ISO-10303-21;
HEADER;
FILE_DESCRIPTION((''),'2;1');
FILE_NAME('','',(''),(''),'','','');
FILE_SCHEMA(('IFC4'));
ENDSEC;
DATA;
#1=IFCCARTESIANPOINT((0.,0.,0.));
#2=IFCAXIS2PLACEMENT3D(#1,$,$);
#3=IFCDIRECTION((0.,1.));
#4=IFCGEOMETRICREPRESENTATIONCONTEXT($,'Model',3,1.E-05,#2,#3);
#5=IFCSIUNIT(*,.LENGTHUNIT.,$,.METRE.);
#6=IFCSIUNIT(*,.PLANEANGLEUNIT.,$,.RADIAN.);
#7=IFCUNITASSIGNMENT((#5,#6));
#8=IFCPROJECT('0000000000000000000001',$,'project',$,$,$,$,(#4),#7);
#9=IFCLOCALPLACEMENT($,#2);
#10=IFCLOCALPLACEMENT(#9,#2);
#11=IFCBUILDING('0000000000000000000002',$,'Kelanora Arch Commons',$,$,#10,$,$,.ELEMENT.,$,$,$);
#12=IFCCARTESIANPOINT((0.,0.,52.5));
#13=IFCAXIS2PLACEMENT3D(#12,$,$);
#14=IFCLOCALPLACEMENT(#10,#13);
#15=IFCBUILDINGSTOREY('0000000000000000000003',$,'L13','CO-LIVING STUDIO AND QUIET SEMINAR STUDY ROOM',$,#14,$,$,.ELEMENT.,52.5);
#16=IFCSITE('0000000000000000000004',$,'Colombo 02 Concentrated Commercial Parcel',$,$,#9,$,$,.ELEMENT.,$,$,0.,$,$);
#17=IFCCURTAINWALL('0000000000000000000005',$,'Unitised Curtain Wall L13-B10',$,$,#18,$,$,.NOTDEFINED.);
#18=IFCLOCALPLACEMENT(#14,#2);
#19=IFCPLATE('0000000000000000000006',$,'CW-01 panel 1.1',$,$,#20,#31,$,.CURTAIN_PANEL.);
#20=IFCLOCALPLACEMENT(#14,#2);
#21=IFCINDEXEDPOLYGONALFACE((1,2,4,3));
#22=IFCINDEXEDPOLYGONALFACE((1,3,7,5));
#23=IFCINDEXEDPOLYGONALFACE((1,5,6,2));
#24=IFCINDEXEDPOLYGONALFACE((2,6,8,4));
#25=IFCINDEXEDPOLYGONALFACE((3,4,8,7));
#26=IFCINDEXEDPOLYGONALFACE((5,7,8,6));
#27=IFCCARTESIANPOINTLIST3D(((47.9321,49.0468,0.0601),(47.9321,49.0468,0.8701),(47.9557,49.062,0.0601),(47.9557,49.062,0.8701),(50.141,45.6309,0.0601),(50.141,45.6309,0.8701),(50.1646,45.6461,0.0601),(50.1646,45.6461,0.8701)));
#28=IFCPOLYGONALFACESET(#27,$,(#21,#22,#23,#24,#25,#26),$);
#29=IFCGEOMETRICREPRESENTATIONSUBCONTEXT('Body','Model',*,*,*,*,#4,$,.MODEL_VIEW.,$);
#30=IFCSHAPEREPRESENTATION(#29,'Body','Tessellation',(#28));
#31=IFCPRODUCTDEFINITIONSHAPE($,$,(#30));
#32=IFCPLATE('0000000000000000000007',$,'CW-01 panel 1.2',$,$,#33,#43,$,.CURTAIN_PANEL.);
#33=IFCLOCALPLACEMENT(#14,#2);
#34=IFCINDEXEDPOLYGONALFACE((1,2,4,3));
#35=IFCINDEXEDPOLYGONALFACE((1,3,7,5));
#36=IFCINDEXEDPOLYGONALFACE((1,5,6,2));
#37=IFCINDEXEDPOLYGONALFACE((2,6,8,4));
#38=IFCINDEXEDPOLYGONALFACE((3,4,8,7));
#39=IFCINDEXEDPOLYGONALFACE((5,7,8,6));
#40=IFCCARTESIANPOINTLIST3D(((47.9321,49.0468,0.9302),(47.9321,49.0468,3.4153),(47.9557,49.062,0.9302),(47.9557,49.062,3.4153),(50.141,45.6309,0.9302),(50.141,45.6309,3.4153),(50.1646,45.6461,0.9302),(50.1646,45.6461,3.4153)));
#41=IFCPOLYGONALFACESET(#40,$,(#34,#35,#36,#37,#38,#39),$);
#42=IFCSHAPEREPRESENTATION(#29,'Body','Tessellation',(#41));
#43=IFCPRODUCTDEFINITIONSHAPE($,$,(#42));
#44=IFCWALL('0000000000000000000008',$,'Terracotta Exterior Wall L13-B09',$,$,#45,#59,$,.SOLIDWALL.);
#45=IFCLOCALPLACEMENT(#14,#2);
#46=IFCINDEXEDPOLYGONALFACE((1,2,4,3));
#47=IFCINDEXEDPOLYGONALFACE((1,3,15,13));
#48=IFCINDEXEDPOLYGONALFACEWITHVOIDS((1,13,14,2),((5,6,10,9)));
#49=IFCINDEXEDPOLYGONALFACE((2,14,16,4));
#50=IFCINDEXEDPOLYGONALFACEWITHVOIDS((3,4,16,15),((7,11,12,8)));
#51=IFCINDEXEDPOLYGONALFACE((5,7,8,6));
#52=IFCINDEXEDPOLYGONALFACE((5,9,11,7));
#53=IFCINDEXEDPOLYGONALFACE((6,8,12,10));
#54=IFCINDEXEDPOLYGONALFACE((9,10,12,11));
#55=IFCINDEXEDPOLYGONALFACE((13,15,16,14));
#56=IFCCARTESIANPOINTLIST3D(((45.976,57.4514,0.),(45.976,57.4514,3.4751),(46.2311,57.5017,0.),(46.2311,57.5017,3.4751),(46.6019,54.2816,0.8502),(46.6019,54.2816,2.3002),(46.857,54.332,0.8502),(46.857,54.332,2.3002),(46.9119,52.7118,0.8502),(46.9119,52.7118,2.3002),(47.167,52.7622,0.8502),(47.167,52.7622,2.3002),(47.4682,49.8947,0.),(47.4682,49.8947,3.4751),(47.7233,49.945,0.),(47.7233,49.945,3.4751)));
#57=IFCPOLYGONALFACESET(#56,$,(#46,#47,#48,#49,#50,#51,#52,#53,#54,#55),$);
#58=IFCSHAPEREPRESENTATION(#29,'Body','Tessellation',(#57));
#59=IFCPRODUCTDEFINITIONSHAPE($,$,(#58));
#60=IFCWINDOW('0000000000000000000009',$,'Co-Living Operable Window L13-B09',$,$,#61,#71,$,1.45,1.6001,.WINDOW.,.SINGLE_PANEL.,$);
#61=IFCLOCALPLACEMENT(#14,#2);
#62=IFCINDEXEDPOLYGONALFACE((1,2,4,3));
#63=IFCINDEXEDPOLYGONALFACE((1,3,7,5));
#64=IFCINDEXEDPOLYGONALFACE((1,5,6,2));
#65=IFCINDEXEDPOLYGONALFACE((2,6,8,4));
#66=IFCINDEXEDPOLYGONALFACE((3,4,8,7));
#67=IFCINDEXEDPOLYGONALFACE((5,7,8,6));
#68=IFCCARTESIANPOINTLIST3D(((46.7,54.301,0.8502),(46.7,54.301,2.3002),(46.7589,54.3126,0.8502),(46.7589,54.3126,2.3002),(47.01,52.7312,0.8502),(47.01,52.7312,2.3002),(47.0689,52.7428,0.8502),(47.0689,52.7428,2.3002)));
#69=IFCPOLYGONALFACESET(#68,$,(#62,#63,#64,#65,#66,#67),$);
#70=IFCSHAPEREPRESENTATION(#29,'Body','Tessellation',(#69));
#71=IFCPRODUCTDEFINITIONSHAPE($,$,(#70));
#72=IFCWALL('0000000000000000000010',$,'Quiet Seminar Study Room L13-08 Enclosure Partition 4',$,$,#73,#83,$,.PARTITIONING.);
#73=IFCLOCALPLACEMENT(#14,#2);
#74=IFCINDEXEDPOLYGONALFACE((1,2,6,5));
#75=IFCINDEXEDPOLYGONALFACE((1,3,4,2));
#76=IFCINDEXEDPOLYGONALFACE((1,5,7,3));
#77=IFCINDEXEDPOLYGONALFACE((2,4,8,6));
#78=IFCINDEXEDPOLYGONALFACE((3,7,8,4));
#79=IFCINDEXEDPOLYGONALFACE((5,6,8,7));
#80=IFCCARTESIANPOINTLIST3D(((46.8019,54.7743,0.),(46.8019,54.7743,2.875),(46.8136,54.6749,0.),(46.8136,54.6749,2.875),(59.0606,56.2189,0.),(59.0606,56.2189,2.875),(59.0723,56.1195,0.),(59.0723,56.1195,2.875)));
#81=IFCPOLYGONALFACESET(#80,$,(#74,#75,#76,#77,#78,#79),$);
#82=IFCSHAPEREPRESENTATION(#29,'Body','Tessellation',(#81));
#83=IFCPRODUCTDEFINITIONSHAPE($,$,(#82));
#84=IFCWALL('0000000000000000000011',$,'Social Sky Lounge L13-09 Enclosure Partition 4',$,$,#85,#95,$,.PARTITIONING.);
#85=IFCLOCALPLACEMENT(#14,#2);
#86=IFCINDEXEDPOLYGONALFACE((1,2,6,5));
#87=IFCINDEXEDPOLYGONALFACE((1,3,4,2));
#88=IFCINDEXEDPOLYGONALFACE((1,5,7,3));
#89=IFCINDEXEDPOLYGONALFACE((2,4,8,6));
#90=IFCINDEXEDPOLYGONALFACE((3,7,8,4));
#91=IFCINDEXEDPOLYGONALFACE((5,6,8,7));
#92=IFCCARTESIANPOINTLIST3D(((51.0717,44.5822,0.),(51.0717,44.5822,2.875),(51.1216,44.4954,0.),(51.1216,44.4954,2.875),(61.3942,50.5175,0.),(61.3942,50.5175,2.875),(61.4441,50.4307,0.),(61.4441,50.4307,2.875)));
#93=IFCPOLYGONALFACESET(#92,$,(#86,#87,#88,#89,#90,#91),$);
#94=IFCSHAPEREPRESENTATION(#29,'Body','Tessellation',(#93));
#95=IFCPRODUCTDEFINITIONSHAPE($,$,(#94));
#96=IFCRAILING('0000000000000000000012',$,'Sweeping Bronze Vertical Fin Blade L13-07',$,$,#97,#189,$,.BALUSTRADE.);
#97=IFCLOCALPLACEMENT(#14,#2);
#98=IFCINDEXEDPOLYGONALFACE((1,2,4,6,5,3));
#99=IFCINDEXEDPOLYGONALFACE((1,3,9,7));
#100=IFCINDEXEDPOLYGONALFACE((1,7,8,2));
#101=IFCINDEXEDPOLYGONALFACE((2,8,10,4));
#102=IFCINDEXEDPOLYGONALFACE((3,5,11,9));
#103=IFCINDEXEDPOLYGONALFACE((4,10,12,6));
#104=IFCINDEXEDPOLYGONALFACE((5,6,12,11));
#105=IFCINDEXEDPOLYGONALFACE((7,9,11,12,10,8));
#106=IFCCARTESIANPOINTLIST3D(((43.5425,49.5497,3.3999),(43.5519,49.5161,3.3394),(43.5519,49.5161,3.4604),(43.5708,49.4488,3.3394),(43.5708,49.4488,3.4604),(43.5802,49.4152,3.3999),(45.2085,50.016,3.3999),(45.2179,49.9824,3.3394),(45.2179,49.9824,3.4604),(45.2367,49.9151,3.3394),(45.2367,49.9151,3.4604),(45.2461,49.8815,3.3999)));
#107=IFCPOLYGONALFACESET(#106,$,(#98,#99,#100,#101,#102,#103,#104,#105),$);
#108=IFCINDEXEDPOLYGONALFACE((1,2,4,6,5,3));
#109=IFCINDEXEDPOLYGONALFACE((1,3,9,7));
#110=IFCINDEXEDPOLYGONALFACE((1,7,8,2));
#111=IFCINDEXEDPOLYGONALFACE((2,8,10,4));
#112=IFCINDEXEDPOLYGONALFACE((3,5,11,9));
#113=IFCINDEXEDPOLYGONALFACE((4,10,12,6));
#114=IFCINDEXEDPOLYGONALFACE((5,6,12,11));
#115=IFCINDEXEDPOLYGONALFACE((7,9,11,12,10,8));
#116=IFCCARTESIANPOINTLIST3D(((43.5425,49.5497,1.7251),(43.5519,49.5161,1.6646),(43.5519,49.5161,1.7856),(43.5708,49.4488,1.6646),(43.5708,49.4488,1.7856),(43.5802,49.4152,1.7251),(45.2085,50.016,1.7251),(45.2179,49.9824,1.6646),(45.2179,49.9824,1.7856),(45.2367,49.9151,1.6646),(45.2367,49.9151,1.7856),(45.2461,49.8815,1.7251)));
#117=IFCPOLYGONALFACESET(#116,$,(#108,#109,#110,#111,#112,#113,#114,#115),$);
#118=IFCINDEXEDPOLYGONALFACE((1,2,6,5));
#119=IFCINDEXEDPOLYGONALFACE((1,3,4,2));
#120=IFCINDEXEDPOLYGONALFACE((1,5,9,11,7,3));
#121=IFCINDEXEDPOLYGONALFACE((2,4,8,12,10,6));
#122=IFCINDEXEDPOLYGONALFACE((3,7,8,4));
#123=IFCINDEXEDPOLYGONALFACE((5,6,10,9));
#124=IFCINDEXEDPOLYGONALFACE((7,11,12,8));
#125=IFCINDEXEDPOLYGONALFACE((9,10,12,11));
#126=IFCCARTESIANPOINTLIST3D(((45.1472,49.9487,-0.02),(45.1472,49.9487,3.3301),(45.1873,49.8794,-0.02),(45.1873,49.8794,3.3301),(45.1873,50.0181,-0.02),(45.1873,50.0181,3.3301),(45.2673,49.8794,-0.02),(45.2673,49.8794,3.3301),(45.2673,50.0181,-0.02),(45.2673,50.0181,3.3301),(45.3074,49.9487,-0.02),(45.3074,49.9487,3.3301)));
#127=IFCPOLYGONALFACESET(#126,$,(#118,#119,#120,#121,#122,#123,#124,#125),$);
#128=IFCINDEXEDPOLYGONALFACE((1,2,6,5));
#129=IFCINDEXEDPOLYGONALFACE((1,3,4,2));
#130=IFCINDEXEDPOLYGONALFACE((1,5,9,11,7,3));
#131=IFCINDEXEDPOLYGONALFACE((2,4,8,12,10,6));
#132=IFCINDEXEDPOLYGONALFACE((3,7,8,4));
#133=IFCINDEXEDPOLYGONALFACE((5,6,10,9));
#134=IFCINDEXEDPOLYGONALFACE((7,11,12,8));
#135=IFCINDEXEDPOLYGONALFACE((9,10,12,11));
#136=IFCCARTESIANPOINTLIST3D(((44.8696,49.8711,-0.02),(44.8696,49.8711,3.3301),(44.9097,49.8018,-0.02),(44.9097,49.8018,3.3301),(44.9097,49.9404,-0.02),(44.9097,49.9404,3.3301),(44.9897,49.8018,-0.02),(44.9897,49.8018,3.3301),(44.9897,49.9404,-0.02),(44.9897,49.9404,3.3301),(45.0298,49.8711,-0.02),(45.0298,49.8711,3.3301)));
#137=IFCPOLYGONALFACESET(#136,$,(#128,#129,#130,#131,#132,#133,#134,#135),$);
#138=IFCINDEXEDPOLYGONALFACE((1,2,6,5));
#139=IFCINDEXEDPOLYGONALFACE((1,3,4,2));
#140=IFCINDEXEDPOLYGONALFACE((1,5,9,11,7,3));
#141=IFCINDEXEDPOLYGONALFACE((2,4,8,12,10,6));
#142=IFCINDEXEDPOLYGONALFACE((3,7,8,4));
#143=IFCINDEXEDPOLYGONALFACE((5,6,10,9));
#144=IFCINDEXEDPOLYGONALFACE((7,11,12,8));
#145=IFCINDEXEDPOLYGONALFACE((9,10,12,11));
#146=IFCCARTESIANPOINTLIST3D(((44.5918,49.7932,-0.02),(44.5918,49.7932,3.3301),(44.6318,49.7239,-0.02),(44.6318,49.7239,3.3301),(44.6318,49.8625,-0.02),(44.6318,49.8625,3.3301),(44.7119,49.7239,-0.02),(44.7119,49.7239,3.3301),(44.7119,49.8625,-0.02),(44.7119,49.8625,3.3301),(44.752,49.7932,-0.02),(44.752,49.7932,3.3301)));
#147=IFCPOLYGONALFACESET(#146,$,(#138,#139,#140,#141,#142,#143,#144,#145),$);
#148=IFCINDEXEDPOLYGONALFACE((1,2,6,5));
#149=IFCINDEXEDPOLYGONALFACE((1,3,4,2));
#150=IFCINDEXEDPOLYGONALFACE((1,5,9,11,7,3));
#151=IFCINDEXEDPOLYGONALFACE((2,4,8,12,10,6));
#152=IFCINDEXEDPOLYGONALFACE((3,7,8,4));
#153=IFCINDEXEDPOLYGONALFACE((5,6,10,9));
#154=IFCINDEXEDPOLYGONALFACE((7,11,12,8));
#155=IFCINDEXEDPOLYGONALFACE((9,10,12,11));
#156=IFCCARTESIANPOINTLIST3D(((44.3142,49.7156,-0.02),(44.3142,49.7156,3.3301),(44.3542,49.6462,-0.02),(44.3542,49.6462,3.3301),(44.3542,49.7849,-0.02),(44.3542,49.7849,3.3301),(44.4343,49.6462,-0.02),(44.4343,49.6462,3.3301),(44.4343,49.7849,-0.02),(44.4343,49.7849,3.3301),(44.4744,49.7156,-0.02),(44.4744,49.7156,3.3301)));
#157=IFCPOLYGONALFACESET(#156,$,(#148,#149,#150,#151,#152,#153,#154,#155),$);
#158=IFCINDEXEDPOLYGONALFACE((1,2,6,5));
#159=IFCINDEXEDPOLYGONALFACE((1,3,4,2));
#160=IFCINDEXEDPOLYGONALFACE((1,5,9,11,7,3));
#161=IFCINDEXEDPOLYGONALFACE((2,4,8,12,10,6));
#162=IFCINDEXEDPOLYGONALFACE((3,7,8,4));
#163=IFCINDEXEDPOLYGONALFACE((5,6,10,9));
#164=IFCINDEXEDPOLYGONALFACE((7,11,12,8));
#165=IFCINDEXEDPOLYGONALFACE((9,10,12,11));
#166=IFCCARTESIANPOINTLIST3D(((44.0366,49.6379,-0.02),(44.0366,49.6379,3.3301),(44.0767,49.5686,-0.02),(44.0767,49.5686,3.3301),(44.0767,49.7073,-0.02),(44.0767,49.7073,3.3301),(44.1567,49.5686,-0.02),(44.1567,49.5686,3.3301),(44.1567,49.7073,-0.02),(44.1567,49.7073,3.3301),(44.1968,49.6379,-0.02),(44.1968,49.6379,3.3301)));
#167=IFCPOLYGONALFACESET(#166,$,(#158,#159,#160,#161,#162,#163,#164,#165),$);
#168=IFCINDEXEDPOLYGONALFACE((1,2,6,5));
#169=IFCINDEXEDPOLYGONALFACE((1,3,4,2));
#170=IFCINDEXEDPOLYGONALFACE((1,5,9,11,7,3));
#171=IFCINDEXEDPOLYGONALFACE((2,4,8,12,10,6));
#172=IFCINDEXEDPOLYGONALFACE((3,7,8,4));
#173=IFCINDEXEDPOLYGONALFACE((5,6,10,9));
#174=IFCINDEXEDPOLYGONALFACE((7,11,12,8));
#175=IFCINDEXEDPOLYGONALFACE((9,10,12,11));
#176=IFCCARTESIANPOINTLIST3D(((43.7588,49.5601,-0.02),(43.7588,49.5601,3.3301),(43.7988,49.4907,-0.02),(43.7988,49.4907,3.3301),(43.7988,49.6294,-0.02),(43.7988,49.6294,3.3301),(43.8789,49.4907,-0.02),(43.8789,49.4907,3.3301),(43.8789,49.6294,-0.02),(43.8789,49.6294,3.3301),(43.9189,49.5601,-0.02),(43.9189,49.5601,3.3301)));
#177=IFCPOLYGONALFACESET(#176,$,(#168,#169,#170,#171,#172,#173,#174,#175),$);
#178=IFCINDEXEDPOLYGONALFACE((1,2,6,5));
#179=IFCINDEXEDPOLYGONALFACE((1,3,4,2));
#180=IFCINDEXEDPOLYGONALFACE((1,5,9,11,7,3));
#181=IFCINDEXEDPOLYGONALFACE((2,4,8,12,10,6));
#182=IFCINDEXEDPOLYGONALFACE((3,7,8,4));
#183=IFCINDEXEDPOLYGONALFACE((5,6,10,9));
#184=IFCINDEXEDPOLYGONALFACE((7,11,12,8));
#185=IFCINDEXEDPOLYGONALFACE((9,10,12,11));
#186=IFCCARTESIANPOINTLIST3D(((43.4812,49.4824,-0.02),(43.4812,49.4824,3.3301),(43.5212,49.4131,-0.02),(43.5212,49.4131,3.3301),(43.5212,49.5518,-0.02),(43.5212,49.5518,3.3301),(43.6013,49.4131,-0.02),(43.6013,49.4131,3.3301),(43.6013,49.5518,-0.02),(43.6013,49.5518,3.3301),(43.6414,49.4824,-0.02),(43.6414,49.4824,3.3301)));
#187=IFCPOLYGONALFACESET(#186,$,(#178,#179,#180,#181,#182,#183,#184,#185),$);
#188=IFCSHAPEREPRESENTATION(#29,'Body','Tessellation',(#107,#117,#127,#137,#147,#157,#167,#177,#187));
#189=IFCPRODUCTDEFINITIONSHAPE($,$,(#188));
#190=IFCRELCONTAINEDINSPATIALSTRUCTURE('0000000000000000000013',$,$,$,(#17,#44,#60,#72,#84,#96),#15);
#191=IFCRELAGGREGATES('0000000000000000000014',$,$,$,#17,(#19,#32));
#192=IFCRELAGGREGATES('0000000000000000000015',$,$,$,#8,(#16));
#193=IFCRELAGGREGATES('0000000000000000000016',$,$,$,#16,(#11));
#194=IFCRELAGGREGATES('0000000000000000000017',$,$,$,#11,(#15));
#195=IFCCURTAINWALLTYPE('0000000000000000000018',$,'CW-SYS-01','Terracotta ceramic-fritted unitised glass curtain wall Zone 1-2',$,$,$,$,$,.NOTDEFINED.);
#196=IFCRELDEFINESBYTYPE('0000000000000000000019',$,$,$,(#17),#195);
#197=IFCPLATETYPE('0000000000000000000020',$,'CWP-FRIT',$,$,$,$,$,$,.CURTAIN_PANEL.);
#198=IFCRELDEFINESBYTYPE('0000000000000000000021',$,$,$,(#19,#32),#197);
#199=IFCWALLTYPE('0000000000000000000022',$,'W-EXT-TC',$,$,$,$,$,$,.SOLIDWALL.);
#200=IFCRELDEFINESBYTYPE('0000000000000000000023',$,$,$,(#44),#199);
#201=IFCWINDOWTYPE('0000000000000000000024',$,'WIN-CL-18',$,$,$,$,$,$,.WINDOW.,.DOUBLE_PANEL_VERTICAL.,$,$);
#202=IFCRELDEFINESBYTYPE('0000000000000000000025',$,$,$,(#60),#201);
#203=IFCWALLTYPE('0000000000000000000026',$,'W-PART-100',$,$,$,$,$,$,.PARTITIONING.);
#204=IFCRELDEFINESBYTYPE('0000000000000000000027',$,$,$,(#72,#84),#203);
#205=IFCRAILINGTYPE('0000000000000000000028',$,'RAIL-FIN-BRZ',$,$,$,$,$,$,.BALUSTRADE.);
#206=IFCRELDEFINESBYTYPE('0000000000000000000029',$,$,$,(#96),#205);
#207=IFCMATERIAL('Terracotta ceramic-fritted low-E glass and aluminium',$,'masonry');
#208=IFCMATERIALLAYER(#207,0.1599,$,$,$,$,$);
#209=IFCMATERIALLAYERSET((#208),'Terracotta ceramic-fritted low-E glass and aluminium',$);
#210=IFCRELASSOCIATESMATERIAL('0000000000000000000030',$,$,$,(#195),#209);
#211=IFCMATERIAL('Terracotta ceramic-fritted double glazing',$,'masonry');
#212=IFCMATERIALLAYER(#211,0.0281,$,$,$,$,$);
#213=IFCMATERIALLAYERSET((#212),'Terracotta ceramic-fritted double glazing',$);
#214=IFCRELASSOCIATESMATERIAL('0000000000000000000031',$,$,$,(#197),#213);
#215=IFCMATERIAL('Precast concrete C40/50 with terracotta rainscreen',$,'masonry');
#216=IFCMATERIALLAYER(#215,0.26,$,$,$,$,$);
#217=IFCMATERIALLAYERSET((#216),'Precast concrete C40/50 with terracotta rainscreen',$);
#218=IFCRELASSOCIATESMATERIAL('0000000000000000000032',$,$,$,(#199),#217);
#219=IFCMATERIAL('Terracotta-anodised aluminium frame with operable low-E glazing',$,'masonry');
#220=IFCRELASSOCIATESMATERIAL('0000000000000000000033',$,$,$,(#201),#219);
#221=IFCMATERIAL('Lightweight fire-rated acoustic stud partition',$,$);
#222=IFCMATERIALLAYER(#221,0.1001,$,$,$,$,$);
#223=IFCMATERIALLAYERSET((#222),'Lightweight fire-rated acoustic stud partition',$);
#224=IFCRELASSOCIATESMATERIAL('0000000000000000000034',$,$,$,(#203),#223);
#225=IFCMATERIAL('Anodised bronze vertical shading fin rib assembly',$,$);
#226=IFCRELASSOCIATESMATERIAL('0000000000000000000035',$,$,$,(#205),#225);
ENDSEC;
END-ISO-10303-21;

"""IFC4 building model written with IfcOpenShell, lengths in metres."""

from ifc_helpers import new_model, si_unit, direction, frame, frame_2d, origin, origin_2d, place, context, subcontext, project, spatial, polyline, rectangle, outline, extrude, source, transform, mapped, material, layer, layer_set, type_object, element, fill, aggregate, save


model = new_model("IFC4")

# Units and contexts
model_context = context("Model", 3, precision=1e-05, world=origin(), true_north=direction((0.0, 1.0)))
body_context = subcontext(model_context, "Body", "Model", "MODEL_VIEW")
ifc_project = project(units=[si_unit("LENGTHUNIT", "METRE"), si_unit("PLANEANGLEUNIT", "RADIAN")], contexts=[model_context])

# Site, building, storey
site_placement = place(None, origin())
site = spatial("IfcSite", under=ifc_project, at=site_placement, Name="Colombo 02 Concentrated Commercial Parcel", CompositionType="ELEMENT", RefElevation=0.0)
building_placement = place(site_placement, origin())
building = spatial("IfcBuilding", under=site, at=building_placement, Name="Kelanora Arch Commons", CompositionType="ELEMENT")
storey_placement = place(building_placement, frame((0.0, 0.0, 52.5)))
storey = spatial("IfcBuildingStorey", under=building, at=storey_placement, Name="L13", Description="CO-LIVING STUDIO AND QUIET SEMINAR STUDY ROOM", CompositionType="ELEMENT", Elevation=52.5)

# Shared definitions
ifc_material_1 = material(Name="Terracotta ceramic-fritted low-E glass and aluminium", Category="masonry")
ifc_layer_1 = layer(ifc_material_1, 0.1599)
ifc_layer_set_1 = layer_set([ifc_layer_1], Name="Terracotta ceramic-fritted low-E glass and aluminium")
curtain_wall_type = type_object("IfcCurtainWallType", Name="CW-SYS-01", Description="Terracotta ceramic-fritted unitised glass curtain wall Zone 1-2", PredefinedType="NOTDEFINED", material=ifc_layer_set_1)

# Curtain wall
curtain_wall_1_placement = place(storey_placement, origin())
curtain_wall_1 = element("IfcCurtainWall", 1, at=curtain_wall_1_placement, inside=storey, type_object=curtain_wall_type, Name="Unitised Curtain Wall L13-B10", PredefinedType="NOTDEFINED")

# Plates
ifc_material_2 = material(Name="Terracotta ceramic-fritted double glazing", Category="masonry")
ifc_layer_2 = layer(ifc_material_2, 0.0281)
ifc_layer_set_2 = layer_set([ifc_layer_2], Name="Terracotta ceramic-fritted double glazing")
plate_type = type_object("IfcPlateType", Name="CWP-FRIT", PredefinedType="CURTAIN_PANEL", material=ifc_layer_set_2)
shared_shape_1 = source(origin(), body_context, "Body", "SweptSolid", [
    extrude(rectangle(XDim=4.0679, YDim=0.0281, at=origin_2d()), origin(), (0.0, 0.0, 1.0), 0.8101),
])
plate_1_placement = place(storey_placement, frame((49.0483, 47.3464, 0.0601), z_axis=(0.0, 0.0, 1.0), x_axis=(0.543004, -0.83973, 0.0)))
plate_1 = element("IfcPlate", 2, at=plate_1_placement, type_object=plate_type, Name="CW-01 panel 1.1", PredefinedType="CURTAIN_PANEL", context=body_context, shape_type="MappedRepresentation", body=[
    mapped(shared_shape_1, transform((0.0, 0.0, 0.0), scale=1.0)),
])
shared_shape_2 = source(origin(), body_context, "Body", "SweptSolid", [
    extrude(rectangle(XDim=4.0679, YDim=0.0281, at=origin_2d()), origin(), (0.0, 0.0, 1.0), 2.4851),
])
plate_2_placement = place(storey_placement, frame((49.0483, 47.3464, 0.9302), z_axis=(0.0, 0.0, 1.0), x_axis=(0.543004, -0.83973, 0.0)))
plate_2 = element("IfcPlate", 3, at=plate_2_placement, type_object=plate_type, Name="CW-01 panel 1.2", PredefinedType="CURTAIN_PANEL", context=body_context, shape_type="MappedRepresentation", body=[
    mapped(shared_shape_2, transform((0.0, 0.0, 0.0), scale=1.0)),
])
aggregate(curtain_wall_1, [plate_1, plate_2])

# Wall, opening, window
ifc_material_3 = material(Name="Precast concrete C40/50 with terracotta rainscreen", Category="masonry")
ifc_layer_3 = layer(ifc_material_3, 0.26)
ifc_layer_set_3 = layer_set([ifc_layer_3], Name="Precast concrete C40/50 with terracotta rainscreen")
wall_type_1 = type_object("IfcWallType", Name="W-EXT-TC", PredefinedType="SOLIDWALL", material=ifc_layer_set_3)
wall_1_placement = place(storey_placement, frame((46.1035, 57.4766, 0.0), z_axis=(0.0, 0.0, 1.0), x_axis=(0.193726, -0.981056, 0.0)))
wall_1 = element("IfcWall", 4, at=wall_1_placement, inside=storey, type_object=wall_type_1, Name="Terracotta Exterior Wall L13-B09", PredefinedType="SOLIDWALL", context=body_context, shape_type="SweptSolid", body=[
    extrude(rectangle(XDim=7.7026, YDim=0.26, at=frame_2d((3.8513, 0.0))), origin(), (0.0, 0.0, 1.0), 3.4751),
])
opening_placement = place(wall_1_placement, frame((3.231, 0.0, 0.8501)))
opening = element("IfcOpeningElement", 5, at=opening_placement, cuts=wall_1, PredefinedType="OPENING", context=body_context, shape_type="SweptSolid", body=[
    extrude(rectangle(XDim=1.6001, YDim=1.45, at=frame_2d((0.8, 0.7251))), frame((0.0, 0.1401, 0.0), z_axis=(0.0, -1.0, 0.0), x_axis=(1.0, 0.0, 0.0)), (0.0, 0.0, 1.0), 0.28),
])
ifc_material_4 = material(Name="Terracotta-anodised aluminium frame with operable low-E glazing", Category="masonry")
window_type = type_object("IfcWindowType", Name="WIN-CL-18", PartitioningType="DOUBLE_PANEL_VERTICAL", PredefinedType="WINDOW", material=ifc_material_4)
window_placement = place(opening_placement, origin())
window = element("IfcWindow", 6, at=window_placement, inside=storey, type_object=window_type, Name="Co-Living Operable Window L13-B09", OverallHeight=1.45, OverallWidth=1.6001, PartitioningType="SINGLE_PANEL", PredefinedType="WINDOW", context=body_context, shape_type="SweptSolid", body=[
    extrude(rectangle(XDim=1.6001, YDim=1.45, at=frame_2d((0.8, 0.7251))), frame((0.0, 0.03, 0.0), z_axis=(0.0, -1.0, 0.0), x_axis=(1.0, 0.0, 0.0)), (0.0, 0.0, 1.0), 0.0601),
])
fill(opening, window)

# Walls
ifc_material_5 = material(Name="Lightweight fire-rated acoustic stud partition")
ifc_layer_4 = layer(ifc_material_5, 0.1001)
ifc_layer_set_4 = layer_set([ifc_layer_4], Name="Lightweight fire-rated acoustic stud partition")
wall_type_2 = type_object("IfcWallType", Name="W-PART-100", PredefinedType="PARTITIONING", material=ifc_layer_set_4)
wall_2_placement = place(storey_placement, frame((46.8076, 54.7246, 0.0), z_axis=(0.0, 0.0, 1.0), x_axis=(0.993128, 0.117031, 0.0)))
element("IfcWall", 7, at=wall_2_placement, inside=storey, type_object=wall_type_2, Name="Quiet Seminar Study Room L13-08 Enclosure Partition 4", PredefinedType="PARTITIONING", context=body_context, shape_type="SweptSolid", body=[
    extrude(rectangle(XDim=12.3435, YDim=0.1001, at=frame_2d((6.1719, 0.0))), origin(), (0.0, 0.0, 1.0), 2.875),
])
wall_3_placement = place(storey_placement, frame((51.0967, 44.5388, 0.0), z_axis=(0.0, 0.0, 1.0), x_axis=(0.866911, 0.498462, 0.0)))
element("IfcWall", 8, at=wall_3_placement, inside=storey, type_object=wall_type_2, Name="Social Sky Lounge L13-09 Enclosure Partition 4", PredefinedType="PARTITIONING", context=body_context, shape_type="SweptSolid", body=[
    extrude(rectangle(XDim=11.9072, YDim=0.1001, at=frame_2d((5.9536, 0.0))), origin(), (0.0, 0.0, 1.0), 2.875),
])

# Railing
ifc_material_6 = material(Name="Anodised bronze vertical shading fin rib assembly")
railing_type = type_object("IfcRailingType", Name="RAIL-FIN-BRZ", PredefinedType="BALUSTRADE", material=ifc_material_6)
railing_placement = place(storey_placement, frame((45.2273, 49.9487, -0.02)))
element("IfcRailing", 9, at=railing_placement, inside=storey, type_object=railing_type, Name="Sweeping Bronze Vertical Fin Blade L13-07", PredefinedType="BALUSTRADE", context=body_context, shape_type="SweptSolid", body=[
    extrude(outline(polyline([(0.0698, 0.0), (0.0349, 0.0605), (-0.0349, 0.0605), (-0.0698, 0.0), (-0.0349, -0.0605), (0.0349, -0.0605), (0.0698, 0.0)])), frame((0.0, 0.0, 3.4199), z_axis=(-0.96299, -0.269536, 0.0), x_axis=(0.269536, -0.96299, 0.0)), (0.0, 0.0, 1.0), 1.73),
    extrude(outline(polyline([(0.0698, 0.0), (0.0349, 0.0605), (-0.0349, 0.0605), (-0.0698, 0.0), (-0.0349, -0.0605), (0.0349, -0.0605), (0.0698, 0.0)])), frame((0.0, 0.0, 1.7451), z_axis=(-0.96299, -0.269536, 0.0), x_axis=(0.269536, -0.96299, 0.0)), (0.0, 0.0, 1.0), 1.73),
    extrude(outline(polyline([(0.0801, 0.0), (0.04, 0.0693), (-0.04, 0.0693), (-0.0801, 0.0), (-0.04, -0.0693), (0.04, -0.0693), (0.0801, 0.0)])), origin(), (0.0, 0.0, 1.0), 3.3501),
    extrude(outline(polyline([(0.0801, 0.0), (0.04, 0.0693), (-0.04, 0.0693), (-0.0801, 0.0), (-0.04, -0.0693), (0.04, -0.0693), (0.0801, 0.0)])), frame((-0.2776, -0.0776, 0.0)), (0.0, 0.0, 1.0), 3.3501),
    extrude(outline(polyline([(0.0801, 0.0), (0.04, 0.0693), (-0.04, 0.0693), (-0.0801, 0.0), (-0.04, -0.0693), (0.04, -0.0693), (0.0801, 0.0)])), frame((-0.5554, -0.1555, 0.0)), (0.0, 0.0, 1.0), 3.3501),
    extrude(outline(polyline([(0.0801, 0.0), (0.04, 0.0693), (-0.04, 0.0693), (-0.0801, 0.0), (-0.04, -0.0693), (0.04, -0.0693), (0.0801, 0.0)])), frame((-0.833, -0.2332, 0.0)), (0.0, 0.0, 1.0), 3.3501),
    extrude(outline(polyline([(0.0801, 0.0), (0.04, 0.0693), (-0.04, 0.0693), (-0.0801, 0.0), (-0.04, -0.0693), (0.04, -0.0693), (0.0801, 0.0)])), frame((-1.1106, -0.3108, 0.0)), (0.0, 0.0, 1.0), 3.3501),
    extrude(outline(polyline([(0.0801, 0.0), (0.04, 0.0693), (-0.04, 0.0693), (-0.0801, 0.0), (-0.04, -0.0693), (0.04, -0.0693), (0.0801, 0.0)])), frame((-1.3884, -0.3887, 0.0)), (0.0, 0.0, 1.0), 3.3501),
    extrude(outline(polyline([(0.0801, 0.0), (0.04, 0.0693), (-0.04, 0.0693), (-0.0801, 0.0), (-0.04, -0.0693), (0.04, -0.0693), (0.0801, 0.0)])), frame((-1.666, -0.4663, 0.0)), (0.0, 0.0, 1.0), 3.3501),
])

save(model, "model.ifc")
